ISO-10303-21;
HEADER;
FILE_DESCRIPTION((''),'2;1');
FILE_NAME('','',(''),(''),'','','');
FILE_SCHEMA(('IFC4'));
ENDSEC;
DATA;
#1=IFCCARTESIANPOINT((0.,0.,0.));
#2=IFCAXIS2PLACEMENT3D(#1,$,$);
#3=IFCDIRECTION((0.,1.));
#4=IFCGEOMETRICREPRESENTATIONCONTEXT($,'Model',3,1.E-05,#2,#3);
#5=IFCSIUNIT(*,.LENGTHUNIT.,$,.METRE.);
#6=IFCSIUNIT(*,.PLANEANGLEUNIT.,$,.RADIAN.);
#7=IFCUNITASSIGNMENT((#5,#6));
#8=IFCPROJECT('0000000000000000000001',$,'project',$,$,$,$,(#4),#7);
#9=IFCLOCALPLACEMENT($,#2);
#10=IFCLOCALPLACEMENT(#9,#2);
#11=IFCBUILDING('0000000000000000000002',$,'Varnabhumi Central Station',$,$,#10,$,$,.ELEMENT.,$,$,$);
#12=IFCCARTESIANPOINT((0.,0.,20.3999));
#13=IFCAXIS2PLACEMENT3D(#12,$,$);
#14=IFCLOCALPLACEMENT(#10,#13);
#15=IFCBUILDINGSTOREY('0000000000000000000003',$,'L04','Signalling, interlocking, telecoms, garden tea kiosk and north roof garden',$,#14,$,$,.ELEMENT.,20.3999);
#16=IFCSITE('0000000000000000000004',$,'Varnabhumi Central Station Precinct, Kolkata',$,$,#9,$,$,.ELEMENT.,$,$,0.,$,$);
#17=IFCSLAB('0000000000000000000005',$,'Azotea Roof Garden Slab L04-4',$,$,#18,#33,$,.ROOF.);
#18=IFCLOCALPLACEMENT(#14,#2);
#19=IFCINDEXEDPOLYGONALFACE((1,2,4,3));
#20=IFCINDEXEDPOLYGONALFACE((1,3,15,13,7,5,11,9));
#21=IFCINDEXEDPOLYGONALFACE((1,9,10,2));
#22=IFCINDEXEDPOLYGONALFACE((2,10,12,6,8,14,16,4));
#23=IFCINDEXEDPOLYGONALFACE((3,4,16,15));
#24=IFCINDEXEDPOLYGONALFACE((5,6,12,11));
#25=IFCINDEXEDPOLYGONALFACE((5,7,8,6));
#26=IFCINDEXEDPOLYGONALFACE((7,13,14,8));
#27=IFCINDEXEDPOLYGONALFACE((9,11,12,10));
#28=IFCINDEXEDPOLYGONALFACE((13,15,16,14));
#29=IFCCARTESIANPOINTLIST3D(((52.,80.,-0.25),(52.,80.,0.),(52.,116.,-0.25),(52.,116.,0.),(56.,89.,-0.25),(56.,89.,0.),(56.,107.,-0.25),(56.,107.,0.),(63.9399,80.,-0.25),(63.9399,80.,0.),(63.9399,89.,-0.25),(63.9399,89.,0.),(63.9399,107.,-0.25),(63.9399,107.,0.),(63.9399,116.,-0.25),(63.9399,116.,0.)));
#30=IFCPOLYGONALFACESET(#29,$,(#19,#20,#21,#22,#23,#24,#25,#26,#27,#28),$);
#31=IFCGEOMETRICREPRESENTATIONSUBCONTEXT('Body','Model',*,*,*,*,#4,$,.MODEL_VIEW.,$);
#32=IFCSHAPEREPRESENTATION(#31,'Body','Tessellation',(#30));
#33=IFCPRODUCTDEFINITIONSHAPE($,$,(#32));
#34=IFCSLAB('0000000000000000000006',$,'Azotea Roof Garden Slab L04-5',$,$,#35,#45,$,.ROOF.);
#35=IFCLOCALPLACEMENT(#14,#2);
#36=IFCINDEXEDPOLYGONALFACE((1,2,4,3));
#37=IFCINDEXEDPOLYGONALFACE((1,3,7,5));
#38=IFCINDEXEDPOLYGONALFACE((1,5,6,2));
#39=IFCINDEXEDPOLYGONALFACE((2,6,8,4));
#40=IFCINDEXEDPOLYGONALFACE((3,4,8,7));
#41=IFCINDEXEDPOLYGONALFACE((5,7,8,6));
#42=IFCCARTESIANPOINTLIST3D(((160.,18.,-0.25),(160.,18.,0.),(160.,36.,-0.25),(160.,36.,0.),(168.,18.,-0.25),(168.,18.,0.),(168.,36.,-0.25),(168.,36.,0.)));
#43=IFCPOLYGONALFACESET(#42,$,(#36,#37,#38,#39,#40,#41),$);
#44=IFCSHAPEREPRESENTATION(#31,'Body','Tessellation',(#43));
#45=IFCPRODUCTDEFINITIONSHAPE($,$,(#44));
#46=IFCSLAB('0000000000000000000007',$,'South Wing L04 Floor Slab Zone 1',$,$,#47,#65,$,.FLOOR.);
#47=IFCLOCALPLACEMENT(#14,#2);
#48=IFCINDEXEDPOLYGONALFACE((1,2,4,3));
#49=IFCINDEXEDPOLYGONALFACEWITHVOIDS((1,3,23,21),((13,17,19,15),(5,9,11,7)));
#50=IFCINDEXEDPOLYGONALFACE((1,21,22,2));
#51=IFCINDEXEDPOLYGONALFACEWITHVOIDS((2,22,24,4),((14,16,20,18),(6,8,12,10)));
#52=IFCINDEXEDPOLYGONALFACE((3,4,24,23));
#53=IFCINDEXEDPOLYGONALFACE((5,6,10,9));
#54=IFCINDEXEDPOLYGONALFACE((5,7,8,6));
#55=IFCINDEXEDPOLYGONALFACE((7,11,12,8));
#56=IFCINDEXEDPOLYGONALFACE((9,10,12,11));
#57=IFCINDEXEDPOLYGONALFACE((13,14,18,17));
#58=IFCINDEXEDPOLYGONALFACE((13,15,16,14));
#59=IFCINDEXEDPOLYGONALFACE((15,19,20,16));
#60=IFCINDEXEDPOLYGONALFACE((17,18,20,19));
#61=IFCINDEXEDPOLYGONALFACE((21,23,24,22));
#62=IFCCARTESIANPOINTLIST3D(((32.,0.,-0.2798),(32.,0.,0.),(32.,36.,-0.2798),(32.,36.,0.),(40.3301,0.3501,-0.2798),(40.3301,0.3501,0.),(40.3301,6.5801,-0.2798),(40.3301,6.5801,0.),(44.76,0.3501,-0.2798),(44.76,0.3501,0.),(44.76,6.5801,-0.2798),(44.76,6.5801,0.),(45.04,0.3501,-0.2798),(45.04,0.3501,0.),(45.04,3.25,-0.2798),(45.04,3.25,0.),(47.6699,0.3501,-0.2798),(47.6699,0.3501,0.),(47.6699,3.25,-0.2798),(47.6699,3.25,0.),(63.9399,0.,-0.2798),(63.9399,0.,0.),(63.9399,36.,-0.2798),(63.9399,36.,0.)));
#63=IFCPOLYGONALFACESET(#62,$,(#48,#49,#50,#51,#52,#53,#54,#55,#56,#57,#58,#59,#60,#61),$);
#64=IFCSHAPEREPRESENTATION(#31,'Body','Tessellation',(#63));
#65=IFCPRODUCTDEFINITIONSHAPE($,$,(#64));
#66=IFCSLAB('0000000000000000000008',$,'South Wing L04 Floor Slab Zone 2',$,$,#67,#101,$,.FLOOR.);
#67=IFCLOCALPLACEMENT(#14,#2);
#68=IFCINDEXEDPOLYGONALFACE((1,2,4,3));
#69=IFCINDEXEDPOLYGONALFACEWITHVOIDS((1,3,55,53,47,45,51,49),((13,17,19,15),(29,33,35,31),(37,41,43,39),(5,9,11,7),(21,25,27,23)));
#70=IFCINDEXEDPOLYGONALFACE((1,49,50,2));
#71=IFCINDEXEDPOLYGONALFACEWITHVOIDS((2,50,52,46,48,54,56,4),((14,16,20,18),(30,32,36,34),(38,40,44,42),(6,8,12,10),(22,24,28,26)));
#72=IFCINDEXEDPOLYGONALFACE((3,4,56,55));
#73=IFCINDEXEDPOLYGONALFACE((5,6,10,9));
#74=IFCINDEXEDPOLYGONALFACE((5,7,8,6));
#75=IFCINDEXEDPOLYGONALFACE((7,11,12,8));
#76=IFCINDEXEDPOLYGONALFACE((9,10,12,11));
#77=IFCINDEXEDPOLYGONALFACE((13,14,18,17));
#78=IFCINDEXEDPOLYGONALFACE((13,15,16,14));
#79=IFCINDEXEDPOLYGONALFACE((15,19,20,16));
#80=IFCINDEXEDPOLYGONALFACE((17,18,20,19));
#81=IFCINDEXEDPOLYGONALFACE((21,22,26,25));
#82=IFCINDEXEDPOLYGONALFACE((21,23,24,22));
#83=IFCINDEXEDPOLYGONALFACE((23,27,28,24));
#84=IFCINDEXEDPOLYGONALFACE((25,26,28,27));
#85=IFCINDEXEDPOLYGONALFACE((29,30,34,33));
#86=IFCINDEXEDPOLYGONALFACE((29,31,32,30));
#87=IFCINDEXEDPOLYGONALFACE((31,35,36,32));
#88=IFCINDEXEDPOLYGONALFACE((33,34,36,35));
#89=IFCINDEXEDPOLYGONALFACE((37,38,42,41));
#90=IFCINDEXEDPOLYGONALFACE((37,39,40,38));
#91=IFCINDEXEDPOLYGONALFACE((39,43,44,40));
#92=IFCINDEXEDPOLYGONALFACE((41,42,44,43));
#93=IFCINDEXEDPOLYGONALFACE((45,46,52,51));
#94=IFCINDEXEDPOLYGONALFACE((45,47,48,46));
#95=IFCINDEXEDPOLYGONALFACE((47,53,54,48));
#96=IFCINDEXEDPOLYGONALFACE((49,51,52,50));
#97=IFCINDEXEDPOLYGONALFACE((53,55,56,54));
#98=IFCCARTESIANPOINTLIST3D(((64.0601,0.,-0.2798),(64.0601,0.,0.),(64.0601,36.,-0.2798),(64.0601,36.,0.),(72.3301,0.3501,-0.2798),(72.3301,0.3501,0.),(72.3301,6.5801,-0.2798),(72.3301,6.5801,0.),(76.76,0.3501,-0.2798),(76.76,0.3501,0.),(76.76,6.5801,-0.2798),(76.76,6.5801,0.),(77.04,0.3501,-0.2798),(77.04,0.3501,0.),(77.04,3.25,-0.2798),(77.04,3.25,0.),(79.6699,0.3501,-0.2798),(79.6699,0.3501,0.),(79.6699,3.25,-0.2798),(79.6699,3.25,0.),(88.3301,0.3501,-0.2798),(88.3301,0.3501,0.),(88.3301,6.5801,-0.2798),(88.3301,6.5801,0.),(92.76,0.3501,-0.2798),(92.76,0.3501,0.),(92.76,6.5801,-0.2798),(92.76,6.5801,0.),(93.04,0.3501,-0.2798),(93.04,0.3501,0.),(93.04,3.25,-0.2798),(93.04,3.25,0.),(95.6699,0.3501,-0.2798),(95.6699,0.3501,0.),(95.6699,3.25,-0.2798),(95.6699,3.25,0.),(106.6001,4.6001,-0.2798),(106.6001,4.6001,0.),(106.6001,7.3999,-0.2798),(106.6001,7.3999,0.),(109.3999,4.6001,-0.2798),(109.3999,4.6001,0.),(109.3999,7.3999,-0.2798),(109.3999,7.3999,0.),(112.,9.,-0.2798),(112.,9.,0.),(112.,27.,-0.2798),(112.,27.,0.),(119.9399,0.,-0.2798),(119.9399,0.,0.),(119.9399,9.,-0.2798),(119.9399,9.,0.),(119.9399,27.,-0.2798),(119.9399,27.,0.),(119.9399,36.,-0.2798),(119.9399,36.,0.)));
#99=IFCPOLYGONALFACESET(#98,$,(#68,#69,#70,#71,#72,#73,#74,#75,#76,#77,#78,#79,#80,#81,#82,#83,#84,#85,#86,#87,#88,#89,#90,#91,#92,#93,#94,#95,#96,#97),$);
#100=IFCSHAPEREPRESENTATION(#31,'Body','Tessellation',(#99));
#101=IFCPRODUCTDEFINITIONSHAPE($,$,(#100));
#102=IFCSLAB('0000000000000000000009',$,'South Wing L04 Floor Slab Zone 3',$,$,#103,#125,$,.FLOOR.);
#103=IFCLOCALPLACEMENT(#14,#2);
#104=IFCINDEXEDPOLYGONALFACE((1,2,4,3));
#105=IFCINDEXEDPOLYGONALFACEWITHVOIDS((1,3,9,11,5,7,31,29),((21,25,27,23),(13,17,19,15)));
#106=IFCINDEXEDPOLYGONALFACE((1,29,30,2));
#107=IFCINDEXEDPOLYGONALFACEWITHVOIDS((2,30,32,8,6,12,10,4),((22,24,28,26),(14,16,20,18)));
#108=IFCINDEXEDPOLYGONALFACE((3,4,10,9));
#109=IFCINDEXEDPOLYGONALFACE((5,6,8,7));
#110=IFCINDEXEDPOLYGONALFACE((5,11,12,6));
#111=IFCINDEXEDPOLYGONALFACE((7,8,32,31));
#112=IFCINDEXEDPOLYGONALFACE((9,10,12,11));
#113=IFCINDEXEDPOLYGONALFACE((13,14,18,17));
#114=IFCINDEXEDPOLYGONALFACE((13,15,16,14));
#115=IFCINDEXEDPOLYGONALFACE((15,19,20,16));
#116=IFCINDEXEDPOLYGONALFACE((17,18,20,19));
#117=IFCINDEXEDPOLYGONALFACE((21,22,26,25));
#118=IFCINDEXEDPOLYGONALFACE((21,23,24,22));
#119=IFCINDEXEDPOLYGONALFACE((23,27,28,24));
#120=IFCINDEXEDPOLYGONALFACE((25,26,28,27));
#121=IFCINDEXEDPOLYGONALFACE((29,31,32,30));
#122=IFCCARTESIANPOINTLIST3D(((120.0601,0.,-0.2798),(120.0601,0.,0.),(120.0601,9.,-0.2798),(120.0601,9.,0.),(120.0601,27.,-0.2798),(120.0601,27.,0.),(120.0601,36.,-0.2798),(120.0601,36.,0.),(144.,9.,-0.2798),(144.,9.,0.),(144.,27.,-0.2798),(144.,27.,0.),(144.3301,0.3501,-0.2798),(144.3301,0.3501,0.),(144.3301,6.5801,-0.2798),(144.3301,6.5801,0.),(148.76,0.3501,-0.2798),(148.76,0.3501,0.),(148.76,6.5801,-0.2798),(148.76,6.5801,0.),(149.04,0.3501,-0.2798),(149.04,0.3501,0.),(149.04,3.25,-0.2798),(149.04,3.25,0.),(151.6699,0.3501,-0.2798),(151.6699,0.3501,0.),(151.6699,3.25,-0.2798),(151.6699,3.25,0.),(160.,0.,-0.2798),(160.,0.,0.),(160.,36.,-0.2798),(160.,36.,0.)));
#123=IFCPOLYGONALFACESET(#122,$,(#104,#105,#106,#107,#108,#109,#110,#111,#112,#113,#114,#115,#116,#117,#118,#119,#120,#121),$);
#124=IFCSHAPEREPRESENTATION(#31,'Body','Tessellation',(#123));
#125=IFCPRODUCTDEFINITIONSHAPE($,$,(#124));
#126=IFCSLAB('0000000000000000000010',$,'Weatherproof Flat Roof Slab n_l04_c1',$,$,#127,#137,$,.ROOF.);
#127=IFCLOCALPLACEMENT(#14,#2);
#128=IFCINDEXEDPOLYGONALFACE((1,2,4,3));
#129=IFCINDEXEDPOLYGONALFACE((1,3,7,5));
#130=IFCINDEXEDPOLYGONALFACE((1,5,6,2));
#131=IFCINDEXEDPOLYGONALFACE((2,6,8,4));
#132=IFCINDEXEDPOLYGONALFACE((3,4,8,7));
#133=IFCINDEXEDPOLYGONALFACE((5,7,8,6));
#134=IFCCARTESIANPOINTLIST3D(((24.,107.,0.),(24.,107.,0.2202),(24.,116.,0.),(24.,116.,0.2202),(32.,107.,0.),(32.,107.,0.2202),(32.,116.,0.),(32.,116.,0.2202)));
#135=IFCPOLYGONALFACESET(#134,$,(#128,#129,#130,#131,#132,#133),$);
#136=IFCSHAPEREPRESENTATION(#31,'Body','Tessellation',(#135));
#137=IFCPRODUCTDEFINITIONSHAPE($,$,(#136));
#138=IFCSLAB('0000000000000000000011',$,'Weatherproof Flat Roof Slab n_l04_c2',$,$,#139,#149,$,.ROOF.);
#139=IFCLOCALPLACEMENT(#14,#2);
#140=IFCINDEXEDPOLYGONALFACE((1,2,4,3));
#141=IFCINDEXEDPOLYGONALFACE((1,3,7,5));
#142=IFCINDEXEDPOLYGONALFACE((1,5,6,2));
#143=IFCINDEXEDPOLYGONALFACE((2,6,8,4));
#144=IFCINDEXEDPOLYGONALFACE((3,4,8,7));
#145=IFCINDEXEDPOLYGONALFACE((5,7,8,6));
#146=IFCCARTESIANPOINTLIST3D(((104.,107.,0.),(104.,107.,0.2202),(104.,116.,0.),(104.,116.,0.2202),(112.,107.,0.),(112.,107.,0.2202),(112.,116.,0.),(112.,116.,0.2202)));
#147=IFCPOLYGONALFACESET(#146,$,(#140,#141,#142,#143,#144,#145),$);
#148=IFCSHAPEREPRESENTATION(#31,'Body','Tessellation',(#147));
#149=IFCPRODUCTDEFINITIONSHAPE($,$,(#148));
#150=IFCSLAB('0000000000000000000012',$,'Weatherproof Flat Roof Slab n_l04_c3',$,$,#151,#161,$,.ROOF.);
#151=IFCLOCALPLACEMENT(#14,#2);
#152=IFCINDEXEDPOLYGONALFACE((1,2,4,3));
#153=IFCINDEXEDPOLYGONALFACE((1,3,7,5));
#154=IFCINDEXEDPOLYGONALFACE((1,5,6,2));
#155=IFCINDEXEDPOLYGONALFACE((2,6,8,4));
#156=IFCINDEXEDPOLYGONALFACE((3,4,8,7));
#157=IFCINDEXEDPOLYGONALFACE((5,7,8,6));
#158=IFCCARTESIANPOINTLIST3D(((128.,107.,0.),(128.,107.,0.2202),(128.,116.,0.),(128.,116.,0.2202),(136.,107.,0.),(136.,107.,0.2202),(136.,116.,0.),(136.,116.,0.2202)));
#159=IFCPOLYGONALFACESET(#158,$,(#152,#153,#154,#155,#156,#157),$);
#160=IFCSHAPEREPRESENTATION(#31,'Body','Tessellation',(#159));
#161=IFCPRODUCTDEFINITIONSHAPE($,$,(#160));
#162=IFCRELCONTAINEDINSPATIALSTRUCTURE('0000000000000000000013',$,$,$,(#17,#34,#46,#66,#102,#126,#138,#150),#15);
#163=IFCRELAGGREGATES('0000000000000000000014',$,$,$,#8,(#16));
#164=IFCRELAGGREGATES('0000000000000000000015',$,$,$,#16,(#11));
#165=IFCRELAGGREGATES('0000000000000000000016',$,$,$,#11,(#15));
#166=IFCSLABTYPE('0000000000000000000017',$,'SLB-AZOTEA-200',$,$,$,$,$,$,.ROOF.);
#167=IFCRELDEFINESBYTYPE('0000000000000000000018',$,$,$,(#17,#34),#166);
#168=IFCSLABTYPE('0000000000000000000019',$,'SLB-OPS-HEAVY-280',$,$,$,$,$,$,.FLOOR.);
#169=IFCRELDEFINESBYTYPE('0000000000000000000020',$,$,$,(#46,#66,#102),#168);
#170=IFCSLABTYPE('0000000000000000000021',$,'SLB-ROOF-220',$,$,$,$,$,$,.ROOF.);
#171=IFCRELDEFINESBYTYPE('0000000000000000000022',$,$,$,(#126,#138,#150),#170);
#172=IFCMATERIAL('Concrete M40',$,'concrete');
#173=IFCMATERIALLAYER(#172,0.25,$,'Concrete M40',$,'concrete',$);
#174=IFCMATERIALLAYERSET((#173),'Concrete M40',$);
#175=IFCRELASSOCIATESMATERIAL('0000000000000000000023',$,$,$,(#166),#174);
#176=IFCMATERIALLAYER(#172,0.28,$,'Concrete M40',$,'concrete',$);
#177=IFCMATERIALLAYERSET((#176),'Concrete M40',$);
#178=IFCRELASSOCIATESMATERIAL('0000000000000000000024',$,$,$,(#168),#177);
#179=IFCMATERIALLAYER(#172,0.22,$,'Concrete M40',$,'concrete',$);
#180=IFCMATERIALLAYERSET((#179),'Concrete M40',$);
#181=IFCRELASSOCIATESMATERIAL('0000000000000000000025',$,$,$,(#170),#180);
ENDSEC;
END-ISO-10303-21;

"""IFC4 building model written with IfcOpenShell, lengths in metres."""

from ifc_helpers import new_model, si_unit, direction, frame, origin, place, context, subcontext, project, spatial, polyline, outline, extrude, material, layer, layer_set, type_object, element, save


model = new_model("IFC4")

# Units and contexts
model_context = context("Model", 3, precision=1e-05, world=origin(), true_north=direction((0.0, 1.0)))
body_context = subcontext(model_context, "Body", "Model", "MODEL_VIEW")
ifc_project = project(units=[si_unit("LENGTHUNIT", "METRE"), si_unit("PLANEANGLEUNIT", "RADIAN")], contexts=[model_context])

# Site, building, storey
site_placement = place(None, origin())
site = spatial("IfcSite", under=ifc_project, at=site_placement, Name="Varnabhumi Central Station Precinct, Kolkata", CompositionType="ELEMENT", RefElevation=0.0)
building_placement = place(site_placement, origin())
building = spatial("IfcBuilding", under=site, at=building_placement, Name="Varnabhumi Central Station", CompositionType="ELEMENT")
storey_placement = place(building_placement, frame((0.0, 0.0, 20.3999)))
storey = spatial("IfcBuildingStorey", under=building, at=storey_placement, Name="L04", Description="Signalling, interlocking, telecoms, garden tea kiosk and north roof garden", CompositionType="ELEMENT", Elevation=20.3999)

# Slabs
ifc_material_1 = material(Name="Concrete M40", Category="concrete")
ifc_layer_1 = layer(ifc_material_1, 0.25, Name="Concrete M40", Category="concrete")
ifc_layer_set_1 = layer_set([ifc_layer_1], Name="Concrete M40")
slab_type_1 = type_object("IfcSlabType", Name="SLB-AZOTEA-200", PredefinedType="ROOF", material=ifc_layer_set_1)
slab_1_placement = place(storey_placement, frame((0.0, 0.0, -0.25)))
element("IfcSlab", 1, at=slab_1_placement, inside=storey, type_object=slab_type_1, Name="Azotea Roof Garden Slab L04-4", PredefinedType="ROOF", context=body_context, shape_type="SweptSolid", body=[
    extrude(outline(polyline([(52.0, 80.0), (63.9399, 80.0), (63.9399, 89.0), (56.0, 89.0), (56.0, 107.0), (63.9399, 107.0), (63.9399, 116.0), (52.0, 116.0), (52.0, 80.0)])), origin(), (0.0, 0.0, 1.0), 0.25),
])
slab_2_placement = place(storey_placement, frame((0.0, 0.0, -0.25)))
element("IfcSlab", 2, at=slab_2_placement, inside=storey, type_object=slab_type_1, Name="Azotea Roof Garden Slab L04-5", PredefinedType="ROOF", context=body_context, shape_type="SweptSolid", body=[
    extrude(outline(polyline([(160.0, 18.0), (168.0, 18.0), (168.0, 36.0), (160.0, 36.0), (160.0, 18.0)])), origin(), (0.0, 0.0, 1.0), 0.25),
])
ifc_layer_2 = layer(ifc_material_1, 0.28, Name="Concrete M40", Category="concrete")
ifc_layer_set_2 = layer_set([ifc_layer_2], Name="Concrete M40")
slab_type_2 = type_object("IfcSlabType", Name="SLB-OPS-HEAVY-280", PredefinedType="FLOOR", material=ifc_layer_set_2)
slab_3_placement = place(storey_placement, frame((0.0, 0.0, -0.2798)))
element("IfcSlab", 3, at=slab_3_placement, inside=storey, type_object=slab_type_2, Name="South Wing L04 Floor Slab Zone 1", PredefinedType="FLOOR", context=body_context, shape_type="SweptSolid", body=[
    extrude(outline(polyline([(32.0, 0.0), (63.9399, 0.0), (63.9399, 36.0), (32.0, 36.0), (32.0, 0.0)]), holes=[polyline([(40.3301, 0.3501), (44.76, 0.3501), (44.76, 6.5801), (40.3301, 6.5801), (40.3301, 0.3501)]), polyline([(45.04, 0.3501), (47.6699, 0.3501), (47.6699, 3.25), (45.04, 3.25), (45.04, 0.3501)])]), origin(), (0.0, 0.0, 1.0), 0.2798),
])
slab_4_placement = place(storey_placement, frame((0.0, 0.0, -0.2798)))
element("IfcSlab", 4, at=slab_4_placement, inside=storey, type_object=slab_type_2, Name="South Wing L04 Floor Slab Zone 2", PredefinedType="FLOOR", context=body_context, shape_type="SweptSolid", body=[
    extrude(outline(polyline([(64.0601, 0.0), (119.9399, 0.0), (119.9399, 9.0), (112.0, 9.0), (112.0, 27.0), (119.9399, 27.0), (119.9399, 36.0), (64.0601, 36.0), (64.0601, 0.0)]), holes=[polyline([(88.3301, 0.3501), (92.76, 0.3501), (92.76, 6.5801), (88.3301, 6.5801), (88.3301, 0.3501)]), polyline([(93.04, 0.3501), (95.6699, 0.3501), (95.6699, 3.25), (93.04, 3.25), (93.04, 0.3501)]), polyline([(72.3301, 0.3501), (76.76, 0.3501), (76.76, 6.5801), (72.3301, 6.5801), (72.3301, 0.3501)]), polyline([(77.04, 0.3501), (79.6699, 0.3501), (79.6699, 3.25), (77.04, 3.25), (77.04, 0.3501)]), polyline([(106.6001, 4.6001), (109.3999, 4.6001), (109.3999, 7.3999), (106.6001, 7.3999), (106.6001, 4.6001)])]), origin(), (0.0, 0.0, 1.0), 0.2798),
])
slab_5_placement = place(storey_placement, frame((0.0, 0.0, -0.2798)))
element("IfcSlab", 5, at=slab_5_placement, inside=storey, type_object=slab_type_2, Name="South Wing L04 Floor Slab Zone 3", PredefinedType="FLOOR", context=body_context, shape_type="SweptSolid", body=[
    extrude(outline(polyline([(120.0601, 0.0), (160.0, 0.0), (160.0, 36.0), (120.0601, 36.0), (120.0601, 27.0), (144.0, 27.0), (144.0, 9.0), (120.0601, 9.0), (120.0601, 0.0)]), holes=[polyline([(144.3301, 0.3501), (148.76, 0.3501), (148.76, 6.5801), (144.3301, 6.5801), (144.3301, 0.3501)]), polyline([(149.04, 0.3501), (151.6699, 0.3501), (151.6699, 3.25), (149.04, 3.25), (149.04, 0.3501)])]), origin(), (0.0, 0.0, 1.0), 0.2798),
])
ifc_layer_3 = layer(ifc_material_1, 0.22, Name="Concrete M40", Category="concrete")
ifc_layer_set_3 = layer_set([ifc_layer_3], Name="Concrete M40")
slab_type_3 = type_object("IfcSlabType", Name="SLB-ROOF-220", PredefinedType="ROOF", material=ifc_layer_set_3)
slab_6_placement = place(storey_placement, origin())
element("IfcSlab", 6, at=slab_6_placement, inside=storey, type_object=slab_type_3, Name="Weatherproof Flat Roof Slab n_l04_c1", PredefinedType="ROOF", context=body_context, shape_type="SweptSolid", body=[
    extrude(outline(polyline([(24.0, 107.0), (32.0, 107.0), (32.0, 116.0), (24.0, 116.0), (24.0, 107.0)])), origin(), (0.0, 0.0, 1.0), 0.2202),
])
slab_7_placement = place(storey_placement, origin())
element("IfcSlab", 7, at=slab_7_placement, inside=storey, type_object=slab_type_3, Name="Weatherproof Flat Roof Slab n_l04_c2", PredefinedType="ROOF", context=body_context, shape_type="SweptSolid", body=[
    extrude(outline(polyline([(104.0, 107.0), (112.0, 107.0), (112.0, 116.0), (104.0, 116.0), (104.0, 107.0)])), origin(), (0.0, 0.0, 1.0), 0.2202),
])
slab_8_placement = place(storey_placement, origin())
element("IfcSlab", 8, at=slab_8_placement, inside=storey, type_object=slab_type_3, Name="Weatherproof Flat Roof Slab n_l04_c3", PredefinedType="ROOF", context=body_context, shape_type="SweptSolid", body=[
    extrude(outline(polyline([(128.0, 107.0), (136.0, 107.0), (136.0, 116.0), (128.0, 116.0), (128.0, 107.0)])), origin(), (0.0, 0.0, 1.0), 0.2202),
])

save(model, "model.ifc")
